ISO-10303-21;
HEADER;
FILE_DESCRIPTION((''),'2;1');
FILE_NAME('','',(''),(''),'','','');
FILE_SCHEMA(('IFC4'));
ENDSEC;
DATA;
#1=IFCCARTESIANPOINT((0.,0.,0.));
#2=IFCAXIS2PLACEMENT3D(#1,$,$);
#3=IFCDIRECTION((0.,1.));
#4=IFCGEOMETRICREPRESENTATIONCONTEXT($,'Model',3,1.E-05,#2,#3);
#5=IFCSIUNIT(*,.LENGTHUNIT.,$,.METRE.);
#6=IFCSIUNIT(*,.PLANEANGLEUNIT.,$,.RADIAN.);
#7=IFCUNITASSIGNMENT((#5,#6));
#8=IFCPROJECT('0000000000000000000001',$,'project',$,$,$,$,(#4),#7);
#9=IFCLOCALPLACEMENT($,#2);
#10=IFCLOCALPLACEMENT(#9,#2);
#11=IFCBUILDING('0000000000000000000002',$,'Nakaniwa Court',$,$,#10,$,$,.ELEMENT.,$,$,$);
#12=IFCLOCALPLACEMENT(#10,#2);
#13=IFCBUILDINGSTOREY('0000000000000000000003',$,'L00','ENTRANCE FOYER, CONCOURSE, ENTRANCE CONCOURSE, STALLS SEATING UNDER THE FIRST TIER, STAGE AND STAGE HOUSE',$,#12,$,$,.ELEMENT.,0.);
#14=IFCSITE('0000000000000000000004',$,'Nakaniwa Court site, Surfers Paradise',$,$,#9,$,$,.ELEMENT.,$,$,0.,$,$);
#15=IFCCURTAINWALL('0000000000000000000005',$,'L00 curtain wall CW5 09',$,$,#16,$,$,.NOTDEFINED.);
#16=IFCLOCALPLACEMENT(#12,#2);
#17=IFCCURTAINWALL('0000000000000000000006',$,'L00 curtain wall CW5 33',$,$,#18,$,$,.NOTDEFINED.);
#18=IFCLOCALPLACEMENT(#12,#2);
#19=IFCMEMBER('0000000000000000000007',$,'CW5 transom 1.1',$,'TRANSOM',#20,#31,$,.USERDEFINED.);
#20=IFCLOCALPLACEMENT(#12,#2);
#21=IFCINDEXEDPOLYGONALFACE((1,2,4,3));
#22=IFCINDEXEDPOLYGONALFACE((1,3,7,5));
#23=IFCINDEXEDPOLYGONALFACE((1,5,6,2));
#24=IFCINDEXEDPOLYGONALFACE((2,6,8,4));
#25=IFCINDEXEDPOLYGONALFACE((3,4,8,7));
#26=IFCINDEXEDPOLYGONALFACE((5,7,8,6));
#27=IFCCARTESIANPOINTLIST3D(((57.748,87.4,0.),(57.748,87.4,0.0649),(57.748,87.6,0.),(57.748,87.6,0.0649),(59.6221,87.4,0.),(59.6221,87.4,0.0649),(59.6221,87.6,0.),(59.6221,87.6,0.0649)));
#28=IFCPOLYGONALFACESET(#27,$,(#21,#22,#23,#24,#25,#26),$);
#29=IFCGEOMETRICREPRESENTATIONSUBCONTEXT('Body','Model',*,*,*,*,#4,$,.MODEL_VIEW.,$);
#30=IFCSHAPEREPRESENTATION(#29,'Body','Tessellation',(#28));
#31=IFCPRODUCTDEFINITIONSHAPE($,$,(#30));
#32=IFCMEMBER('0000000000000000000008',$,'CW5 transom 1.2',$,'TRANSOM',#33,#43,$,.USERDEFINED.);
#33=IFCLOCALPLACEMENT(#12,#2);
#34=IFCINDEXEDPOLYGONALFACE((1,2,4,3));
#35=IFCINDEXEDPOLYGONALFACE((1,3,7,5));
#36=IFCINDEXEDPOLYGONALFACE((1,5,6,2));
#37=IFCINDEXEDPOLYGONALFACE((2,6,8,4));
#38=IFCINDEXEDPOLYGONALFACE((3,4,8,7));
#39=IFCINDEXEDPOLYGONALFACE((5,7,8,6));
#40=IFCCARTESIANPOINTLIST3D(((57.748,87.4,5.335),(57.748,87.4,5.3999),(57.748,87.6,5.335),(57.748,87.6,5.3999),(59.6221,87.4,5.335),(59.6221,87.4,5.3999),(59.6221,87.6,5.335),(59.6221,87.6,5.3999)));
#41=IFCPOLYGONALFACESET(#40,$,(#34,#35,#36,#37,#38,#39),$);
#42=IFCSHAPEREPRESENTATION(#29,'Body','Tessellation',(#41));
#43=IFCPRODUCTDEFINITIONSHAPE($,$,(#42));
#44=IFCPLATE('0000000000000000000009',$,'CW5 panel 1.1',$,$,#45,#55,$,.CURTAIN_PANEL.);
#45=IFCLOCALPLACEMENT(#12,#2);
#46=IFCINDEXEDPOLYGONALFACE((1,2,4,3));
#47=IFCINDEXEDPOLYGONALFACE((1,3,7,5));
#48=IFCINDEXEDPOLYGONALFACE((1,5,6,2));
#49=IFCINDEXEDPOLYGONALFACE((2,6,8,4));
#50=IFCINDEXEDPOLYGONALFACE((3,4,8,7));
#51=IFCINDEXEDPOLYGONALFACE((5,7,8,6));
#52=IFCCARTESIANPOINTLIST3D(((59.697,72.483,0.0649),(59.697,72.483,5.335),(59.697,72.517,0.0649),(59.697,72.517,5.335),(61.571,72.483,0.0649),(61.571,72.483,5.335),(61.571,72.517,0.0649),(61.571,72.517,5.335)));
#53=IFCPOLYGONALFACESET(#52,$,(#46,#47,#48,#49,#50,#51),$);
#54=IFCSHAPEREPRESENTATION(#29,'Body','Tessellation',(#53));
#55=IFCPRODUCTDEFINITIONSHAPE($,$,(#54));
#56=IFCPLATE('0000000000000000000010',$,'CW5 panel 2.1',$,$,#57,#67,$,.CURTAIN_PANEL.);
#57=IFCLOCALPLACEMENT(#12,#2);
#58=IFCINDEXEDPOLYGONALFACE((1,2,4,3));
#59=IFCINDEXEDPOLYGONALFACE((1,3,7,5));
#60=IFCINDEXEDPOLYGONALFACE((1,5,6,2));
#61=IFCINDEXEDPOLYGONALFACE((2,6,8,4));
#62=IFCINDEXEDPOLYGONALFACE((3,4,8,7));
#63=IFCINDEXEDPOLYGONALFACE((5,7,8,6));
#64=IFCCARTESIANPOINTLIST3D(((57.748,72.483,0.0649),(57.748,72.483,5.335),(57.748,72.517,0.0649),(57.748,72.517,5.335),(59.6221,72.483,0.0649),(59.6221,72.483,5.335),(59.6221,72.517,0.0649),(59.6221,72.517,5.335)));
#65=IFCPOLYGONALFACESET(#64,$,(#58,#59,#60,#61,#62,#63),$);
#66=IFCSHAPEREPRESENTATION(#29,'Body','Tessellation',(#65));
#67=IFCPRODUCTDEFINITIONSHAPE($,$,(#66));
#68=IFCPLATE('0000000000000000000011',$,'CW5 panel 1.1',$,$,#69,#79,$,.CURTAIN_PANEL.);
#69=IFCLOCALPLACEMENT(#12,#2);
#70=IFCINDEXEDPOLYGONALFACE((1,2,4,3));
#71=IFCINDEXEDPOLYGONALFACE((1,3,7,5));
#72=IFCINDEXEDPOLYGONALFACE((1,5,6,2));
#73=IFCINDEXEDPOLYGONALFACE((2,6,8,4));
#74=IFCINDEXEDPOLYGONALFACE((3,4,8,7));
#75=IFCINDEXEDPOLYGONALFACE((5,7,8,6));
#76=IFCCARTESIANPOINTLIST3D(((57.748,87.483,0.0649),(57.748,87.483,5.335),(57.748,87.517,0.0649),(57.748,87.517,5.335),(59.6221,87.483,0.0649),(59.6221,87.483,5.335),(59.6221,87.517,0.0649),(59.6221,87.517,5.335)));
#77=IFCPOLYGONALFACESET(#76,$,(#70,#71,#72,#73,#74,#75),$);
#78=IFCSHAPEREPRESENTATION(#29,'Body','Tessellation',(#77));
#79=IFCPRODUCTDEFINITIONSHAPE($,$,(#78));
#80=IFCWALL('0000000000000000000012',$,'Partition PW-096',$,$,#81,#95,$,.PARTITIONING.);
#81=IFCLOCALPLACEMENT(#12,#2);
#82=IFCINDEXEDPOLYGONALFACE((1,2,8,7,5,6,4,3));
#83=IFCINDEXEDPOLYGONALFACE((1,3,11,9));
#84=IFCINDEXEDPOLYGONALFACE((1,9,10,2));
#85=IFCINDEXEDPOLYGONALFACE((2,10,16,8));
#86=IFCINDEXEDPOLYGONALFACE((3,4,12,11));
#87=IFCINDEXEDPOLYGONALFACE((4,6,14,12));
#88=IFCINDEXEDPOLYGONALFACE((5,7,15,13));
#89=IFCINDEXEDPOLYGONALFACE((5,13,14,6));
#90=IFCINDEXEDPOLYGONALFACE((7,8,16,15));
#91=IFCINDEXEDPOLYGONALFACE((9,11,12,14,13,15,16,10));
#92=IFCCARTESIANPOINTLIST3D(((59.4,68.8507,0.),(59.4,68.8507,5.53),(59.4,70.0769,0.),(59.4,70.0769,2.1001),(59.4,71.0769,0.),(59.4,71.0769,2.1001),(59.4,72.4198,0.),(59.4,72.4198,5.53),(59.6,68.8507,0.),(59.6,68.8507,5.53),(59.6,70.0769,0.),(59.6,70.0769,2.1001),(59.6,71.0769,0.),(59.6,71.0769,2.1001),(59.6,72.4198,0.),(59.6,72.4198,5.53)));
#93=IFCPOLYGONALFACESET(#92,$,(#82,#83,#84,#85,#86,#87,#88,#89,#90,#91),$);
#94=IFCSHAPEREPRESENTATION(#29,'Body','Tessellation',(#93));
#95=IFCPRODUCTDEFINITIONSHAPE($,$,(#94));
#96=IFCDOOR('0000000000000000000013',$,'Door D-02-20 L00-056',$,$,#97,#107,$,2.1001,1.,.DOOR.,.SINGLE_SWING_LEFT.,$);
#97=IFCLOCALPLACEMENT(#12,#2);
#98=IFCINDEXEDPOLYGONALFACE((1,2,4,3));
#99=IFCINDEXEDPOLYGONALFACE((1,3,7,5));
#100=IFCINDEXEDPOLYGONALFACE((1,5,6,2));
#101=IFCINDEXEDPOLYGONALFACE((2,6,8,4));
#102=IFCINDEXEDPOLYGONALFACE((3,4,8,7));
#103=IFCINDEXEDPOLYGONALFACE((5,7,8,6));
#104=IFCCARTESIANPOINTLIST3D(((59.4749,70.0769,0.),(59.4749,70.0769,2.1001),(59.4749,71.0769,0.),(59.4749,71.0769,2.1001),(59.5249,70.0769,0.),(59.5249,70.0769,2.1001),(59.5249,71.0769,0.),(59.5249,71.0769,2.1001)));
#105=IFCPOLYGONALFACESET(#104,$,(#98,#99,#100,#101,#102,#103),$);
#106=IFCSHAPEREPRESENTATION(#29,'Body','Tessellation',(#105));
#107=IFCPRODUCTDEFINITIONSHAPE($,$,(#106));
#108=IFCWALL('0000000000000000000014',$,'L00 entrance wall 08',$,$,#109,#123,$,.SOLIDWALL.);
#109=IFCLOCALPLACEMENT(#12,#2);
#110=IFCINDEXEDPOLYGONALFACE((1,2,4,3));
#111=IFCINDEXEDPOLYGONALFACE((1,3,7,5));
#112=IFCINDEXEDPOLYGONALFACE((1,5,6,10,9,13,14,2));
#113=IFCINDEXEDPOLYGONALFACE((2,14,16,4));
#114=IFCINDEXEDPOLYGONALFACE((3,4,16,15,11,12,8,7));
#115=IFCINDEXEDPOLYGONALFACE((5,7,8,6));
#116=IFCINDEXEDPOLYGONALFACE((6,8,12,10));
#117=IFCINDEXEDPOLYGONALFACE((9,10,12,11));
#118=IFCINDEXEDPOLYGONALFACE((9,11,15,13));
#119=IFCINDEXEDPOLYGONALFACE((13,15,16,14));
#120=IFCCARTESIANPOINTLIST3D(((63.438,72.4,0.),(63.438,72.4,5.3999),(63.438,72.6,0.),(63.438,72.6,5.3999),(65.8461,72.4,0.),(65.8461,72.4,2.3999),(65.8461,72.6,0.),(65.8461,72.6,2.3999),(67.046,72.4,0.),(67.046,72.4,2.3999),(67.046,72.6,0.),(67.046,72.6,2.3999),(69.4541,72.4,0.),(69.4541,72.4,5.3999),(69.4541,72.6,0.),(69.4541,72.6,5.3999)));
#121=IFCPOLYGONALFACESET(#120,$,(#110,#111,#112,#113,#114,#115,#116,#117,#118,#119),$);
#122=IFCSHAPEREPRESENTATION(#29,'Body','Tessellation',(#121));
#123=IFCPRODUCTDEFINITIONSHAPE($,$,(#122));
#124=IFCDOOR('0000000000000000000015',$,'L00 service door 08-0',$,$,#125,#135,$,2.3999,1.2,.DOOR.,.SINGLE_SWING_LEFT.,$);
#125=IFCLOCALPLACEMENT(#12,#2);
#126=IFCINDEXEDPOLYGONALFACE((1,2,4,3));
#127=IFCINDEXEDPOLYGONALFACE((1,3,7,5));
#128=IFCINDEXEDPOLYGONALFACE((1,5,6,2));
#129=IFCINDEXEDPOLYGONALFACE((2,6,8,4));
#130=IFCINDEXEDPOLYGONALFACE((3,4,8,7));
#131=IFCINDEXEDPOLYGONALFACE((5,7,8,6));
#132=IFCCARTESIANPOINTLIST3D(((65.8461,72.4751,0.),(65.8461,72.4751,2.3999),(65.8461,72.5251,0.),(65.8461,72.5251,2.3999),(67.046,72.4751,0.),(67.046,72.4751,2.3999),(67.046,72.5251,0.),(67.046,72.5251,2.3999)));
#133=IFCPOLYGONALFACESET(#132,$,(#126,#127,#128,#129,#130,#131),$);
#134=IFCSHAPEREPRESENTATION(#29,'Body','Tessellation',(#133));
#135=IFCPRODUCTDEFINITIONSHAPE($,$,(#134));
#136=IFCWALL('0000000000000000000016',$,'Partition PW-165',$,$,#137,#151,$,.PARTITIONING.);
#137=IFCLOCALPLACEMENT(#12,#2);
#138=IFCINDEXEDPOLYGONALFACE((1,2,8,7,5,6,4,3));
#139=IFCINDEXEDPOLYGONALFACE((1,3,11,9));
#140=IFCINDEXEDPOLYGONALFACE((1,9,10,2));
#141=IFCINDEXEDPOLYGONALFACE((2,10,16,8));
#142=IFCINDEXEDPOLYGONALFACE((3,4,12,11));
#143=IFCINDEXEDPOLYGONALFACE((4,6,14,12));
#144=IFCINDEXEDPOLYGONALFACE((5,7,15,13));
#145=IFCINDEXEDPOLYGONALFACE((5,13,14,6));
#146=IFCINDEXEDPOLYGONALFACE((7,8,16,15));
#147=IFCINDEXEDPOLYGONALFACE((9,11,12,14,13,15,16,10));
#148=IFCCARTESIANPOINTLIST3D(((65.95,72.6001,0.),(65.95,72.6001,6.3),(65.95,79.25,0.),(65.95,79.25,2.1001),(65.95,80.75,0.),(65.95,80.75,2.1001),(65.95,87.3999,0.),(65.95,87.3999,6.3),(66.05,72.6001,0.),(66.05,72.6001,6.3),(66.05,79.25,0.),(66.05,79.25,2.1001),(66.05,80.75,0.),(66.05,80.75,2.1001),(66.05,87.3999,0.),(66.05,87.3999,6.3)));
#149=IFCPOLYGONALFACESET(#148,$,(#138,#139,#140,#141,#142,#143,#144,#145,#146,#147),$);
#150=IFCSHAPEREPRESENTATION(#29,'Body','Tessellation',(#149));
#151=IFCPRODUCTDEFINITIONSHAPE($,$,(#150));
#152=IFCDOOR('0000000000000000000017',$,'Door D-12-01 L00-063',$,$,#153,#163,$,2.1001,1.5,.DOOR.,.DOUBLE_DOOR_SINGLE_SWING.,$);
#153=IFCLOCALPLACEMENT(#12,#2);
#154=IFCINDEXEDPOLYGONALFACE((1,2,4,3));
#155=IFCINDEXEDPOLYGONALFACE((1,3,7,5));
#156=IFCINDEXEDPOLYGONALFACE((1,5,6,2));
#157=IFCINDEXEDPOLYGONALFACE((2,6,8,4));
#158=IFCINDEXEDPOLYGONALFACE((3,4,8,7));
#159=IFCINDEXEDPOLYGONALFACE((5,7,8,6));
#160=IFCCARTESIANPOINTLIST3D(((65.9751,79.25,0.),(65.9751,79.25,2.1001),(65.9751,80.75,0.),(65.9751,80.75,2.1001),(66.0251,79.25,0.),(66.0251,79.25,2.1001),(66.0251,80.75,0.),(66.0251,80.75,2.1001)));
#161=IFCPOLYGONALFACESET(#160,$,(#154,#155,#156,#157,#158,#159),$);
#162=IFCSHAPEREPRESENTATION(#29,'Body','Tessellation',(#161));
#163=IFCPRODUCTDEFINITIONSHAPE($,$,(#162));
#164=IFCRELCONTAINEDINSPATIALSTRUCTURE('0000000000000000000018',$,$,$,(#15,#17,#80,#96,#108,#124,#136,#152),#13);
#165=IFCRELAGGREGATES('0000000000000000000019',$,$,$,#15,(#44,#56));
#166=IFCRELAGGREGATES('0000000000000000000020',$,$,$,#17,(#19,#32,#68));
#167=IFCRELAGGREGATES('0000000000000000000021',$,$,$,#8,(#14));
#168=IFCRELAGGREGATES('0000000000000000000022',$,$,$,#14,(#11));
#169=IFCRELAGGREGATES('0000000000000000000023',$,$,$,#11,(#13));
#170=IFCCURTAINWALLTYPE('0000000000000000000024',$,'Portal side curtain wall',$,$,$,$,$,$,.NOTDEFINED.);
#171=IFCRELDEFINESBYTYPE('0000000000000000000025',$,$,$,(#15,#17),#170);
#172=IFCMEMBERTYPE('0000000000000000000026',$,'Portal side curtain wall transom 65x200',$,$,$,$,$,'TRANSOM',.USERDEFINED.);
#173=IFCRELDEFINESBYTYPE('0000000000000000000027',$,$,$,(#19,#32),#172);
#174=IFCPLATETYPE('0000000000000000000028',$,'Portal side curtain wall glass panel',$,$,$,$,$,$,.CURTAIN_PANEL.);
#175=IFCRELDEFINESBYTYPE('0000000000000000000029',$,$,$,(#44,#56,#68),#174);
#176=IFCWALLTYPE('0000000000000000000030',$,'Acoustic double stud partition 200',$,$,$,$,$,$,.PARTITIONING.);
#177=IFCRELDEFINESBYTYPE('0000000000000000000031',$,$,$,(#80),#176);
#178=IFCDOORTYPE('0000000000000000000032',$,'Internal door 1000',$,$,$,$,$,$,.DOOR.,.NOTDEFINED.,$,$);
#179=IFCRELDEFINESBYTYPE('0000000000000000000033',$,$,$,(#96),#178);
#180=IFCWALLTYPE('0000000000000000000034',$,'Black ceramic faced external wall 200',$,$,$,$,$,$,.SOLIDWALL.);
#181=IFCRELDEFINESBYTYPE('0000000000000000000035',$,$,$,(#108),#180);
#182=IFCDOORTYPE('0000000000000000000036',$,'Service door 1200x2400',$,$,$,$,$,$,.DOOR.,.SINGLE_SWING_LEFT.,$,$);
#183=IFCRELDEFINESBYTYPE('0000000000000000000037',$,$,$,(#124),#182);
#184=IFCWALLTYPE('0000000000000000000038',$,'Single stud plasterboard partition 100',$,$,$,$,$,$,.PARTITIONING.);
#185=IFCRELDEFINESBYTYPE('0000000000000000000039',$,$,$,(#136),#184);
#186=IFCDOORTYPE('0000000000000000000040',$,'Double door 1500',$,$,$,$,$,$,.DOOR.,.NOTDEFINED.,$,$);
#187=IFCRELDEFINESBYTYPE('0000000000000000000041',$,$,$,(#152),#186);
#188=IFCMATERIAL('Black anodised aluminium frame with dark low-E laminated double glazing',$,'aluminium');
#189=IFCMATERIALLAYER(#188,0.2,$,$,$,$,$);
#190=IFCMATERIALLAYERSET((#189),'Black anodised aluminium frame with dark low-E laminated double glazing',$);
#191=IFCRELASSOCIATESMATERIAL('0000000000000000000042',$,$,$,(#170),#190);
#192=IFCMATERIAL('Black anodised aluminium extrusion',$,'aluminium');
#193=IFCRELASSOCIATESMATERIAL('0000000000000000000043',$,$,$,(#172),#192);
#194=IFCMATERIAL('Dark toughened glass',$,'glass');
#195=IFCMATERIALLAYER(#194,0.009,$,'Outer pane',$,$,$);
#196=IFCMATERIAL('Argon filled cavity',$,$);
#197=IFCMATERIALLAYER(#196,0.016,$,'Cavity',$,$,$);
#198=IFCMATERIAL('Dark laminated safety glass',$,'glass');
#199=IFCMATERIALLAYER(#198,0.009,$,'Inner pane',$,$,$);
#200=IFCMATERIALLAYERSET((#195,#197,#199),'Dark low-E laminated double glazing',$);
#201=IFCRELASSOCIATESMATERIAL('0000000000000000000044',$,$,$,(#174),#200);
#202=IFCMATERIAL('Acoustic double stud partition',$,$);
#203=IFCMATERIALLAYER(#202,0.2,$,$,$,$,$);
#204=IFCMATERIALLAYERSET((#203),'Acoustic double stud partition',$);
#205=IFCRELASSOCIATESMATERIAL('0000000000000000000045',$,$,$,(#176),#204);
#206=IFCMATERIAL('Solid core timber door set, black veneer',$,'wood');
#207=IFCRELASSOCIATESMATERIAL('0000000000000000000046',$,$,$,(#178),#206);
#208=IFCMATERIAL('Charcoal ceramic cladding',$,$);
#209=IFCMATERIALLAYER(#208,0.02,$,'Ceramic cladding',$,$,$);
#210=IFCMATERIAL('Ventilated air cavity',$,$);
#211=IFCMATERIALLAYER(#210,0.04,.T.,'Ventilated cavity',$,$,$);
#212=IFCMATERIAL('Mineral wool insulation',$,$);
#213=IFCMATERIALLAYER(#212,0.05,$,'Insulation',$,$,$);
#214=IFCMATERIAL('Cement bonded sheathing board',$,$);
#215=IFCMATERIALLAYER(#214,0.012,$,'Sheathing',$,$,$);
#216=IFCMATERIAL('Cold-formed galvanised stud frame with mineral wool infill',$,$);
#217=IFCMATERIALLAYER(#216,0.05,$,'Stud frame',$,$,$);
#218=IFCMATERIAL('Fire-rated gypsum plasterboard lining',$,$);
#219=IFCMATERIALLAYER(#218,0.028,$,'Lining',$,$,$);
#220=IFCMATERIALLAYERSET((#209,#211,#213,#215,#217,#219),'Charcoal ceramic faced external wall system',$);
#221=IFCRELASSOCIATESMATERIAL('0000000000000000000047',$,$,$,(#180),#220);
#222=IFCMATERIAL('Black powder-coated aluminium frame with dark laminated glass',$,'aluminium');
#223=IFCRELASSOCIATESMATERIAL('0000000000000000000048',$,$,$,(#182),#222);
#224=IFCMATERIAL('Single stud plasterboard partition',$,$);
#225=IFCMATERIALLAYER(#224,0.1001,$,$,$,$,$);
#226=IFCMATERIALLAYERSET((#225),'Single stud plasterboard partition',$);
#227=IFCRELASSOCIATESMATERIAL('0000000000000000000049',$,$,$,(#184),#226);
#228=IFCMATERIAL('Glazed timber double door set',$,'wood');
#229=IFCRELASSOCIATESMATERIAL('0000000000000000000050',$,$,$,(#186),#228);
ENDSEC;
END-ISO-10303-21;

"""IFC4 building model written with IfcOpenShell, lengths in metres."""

from ifc_helpers import new_model, si_unit, direction, frame, frame_2d, origin, origin_2d, place, context, subcontext, project, spatial, rectangle, extrude, material, layer, layer_set, material_profile, profile_set, type_object, element, fill, aggregate, save


model = new_model("IFC4")

# Units and contexts
model_context = context("Model", 3, precision=1e-05, world=origin(), true_north=direction((0.0, 1.0)))
body_context = subcontext(model_context, "Body", "Model", "MODEL_VIEW")
ifc_project = project(units=[si_unit("LENGTHUNIT", "METRE"), si_unit("PLANEANGLEUNIT", "RADIAN")], contexts=[model_context])

# Site, building, storey
site_placement = place(None, origin())
site = spatial("IfcSite", under=ifc_project, at=site_placement, Name="Nakaniwa Court site, Surfers Paradise", CompositionType="ELEMENT", RefElevation=0.0)
building_placement = place(site_placement, origin())
building = spatial("IfcBuilding", under=site, at=building_placement, Name="Nakaniwa Court", CompositionType="ELEMENT")
storey_placement = place(building_placement, origin())
storey = spatial("IfcBuildingStorey", under=building, at=storey_placement, Name="L00", Description="ENTRANCE FOYER, CONCOURSE, ENTRANCE CONCOURSE, STALLS SEATING UNDER THE FIRST TIER, STAGE AND STAGE HOUSE", CompositionType="ELEMENT", Elevation=0.0)

# Curtain wall
ifc_material_1 = material(Name="Black anodised aluminium frame with dark low-E laminated double glazing", Category="aluminium")
ifc_layer_1 = layer(ifc_material_1, 0.2)
ifc_layer_set_1 = layer_set([ifc_layer_1], Name="Black anodised aluminium frame with dark low-E laminated double glazing")
curtain_wall_type = type_object("IfcCurtainWallType", Name="Portal side curtain wall", PredefinedType="NOTDEFINED", material=ifc_layer_set_1)
curtain_wall_1_placement = place(storey_placement, origin())
curtain_wall_1 = element("IfcCurtainWall", 1, at=curtain_wall_1_placement, inside=storey, type_object=curtain_wall_type, Name="L00 curtain wall CW5 09", PredefinedType="NOTDEFINED")
ifc_material_2 = material(Name="Black anodised aluminium extrusion", Category="aluminium")

# Curtain wall
curtain_wall_2_placement = place(storey_placement, origin())
curtain_wall_2 = element("IfcCurtainWall", 2, at=curtain_wall_2_placement, inside=storey, type_object=curtain_wall_type, Name="L00 curtain wall CW5 33", PredefinedType="NOTDEFINED")

# Members
ifc_material_profile_1 = material_profile(ifc_material_2, rectangle(XDim=0.2, YDim=0.0649, at=origin_2d()), Name="Portal side curtain wall transom 65x200")
ifc_profile_set_1 = profile_set([ifc_material_profile_1], Name="Black anodised aluminium extrusion")
member_type_1 = type_object("IfcMemberType", Name="Portal side curtain wall transom 65x200", ElementType="TRANSOM", PredefinedType="USERDEFINED", material=ifc_profile_set_1)
member_1_placement = place(storey_placement, frame((57.748, 87.5, 0.0325), z_axis=(1.0, 0.0, 0.0), x_axis=(0.0, 1.0, 0.0)))
member_1 = element("IfcMember", 3, at=member_1_placement, type_object=member_type_1, Name="CW5 transom 1.1", ObjectType="TRANSOM", PredefinedType="USERDEFINED", context=body_context, shape_type="SweptSolid", body=[
    extrude(rectangle(XDim=0.2, YDim=0.0649, at=origin_2d()), origin(), (0.0, 0.0, 1.0), 1.874),
])
member_2_placement = place(storey_placement, frame((57.748, 87.5, 5.3674), z_axis=(1.0, 0.0, 0.0), x_axis=(0.0, 1.0, 0.0)))
member_2 = element("IfcMember", 4, at=member_2_placement, type_object=member_type_1, Name="CW5 transom 1.2", ObjectType="TRANSOM", PredefinedType="USERDEFINED", context=body_context, shape_type="SweptSolid", body=[
    extrude(rectangle(XDim=0.2, YDim=0.0649, at=origin_2d()), origin(), (0.0, 0.0, 1.0), 1.874),
])

# Plates
ifc_material_3 = material(Name="Dark toughened glass", Category="glass")
ifc_layer_2 = layer(ifc_material_3, 0.009, Name="Outer pane")
ifc_material_4 = material(Name="Argon filled cavity")
ifc_layer_3 = layer(ifc_material_4, 0.016, Name="Cavity")
ifc_material_5 = material(Name="Dark laminated safety glass", Category="glass")
ifc_layer_4 = layer(ifc_material_5, 0.009, Name="Inner pane")
ifc_layer_set_2 = layer_set([ifc_layer_2, ifc_layer_3, ifc_layer_4], Name="Dark low-E laminated double glazing")
plate_type = type_object("IfcPlateType", Name="Portal side curtain wall glass panel", PredefinedType="CURTAIN_PANEL", material=ifc_layer_set_2)
plate_1_placement = place(storey_placement, frame((60.634, 72.5, 0.0649), z_axis=(0.0, 0.0, 1.0), x_axis=(-1.0, 0.0, 0.0)))
plate_1 = element("IfcPlate", 5, at=plate_1_placement, type_object=plate_type, Name="CW5 panel 1.1", PredefinedType="CURTAIN_PANEL", context=body_context, shape_type="SweptSolid", body=[
    extrude(rectangle(XDim=1.874, YDim=0.0339, at=origin_2d()), origin(), (0.0, 0.0, 1.0), 5.27),
])
plate_2_placement = place(storey_placement, frame((58.6851, 72.5, 0.0649), z_axis=(0.0, 0.0, 1.0), x_axis=(-1.0, 0.0, 0.0)))
plate_2 = element("IfcPlate", 6, at=plate_2_placement, type_object=plate_type, Name="CW5 panel 2.1", PredefinedType="CURTAIN_PANEL", context=body_context, shape_type="SweptSolid", body=[
    extrude(rectangle(XDim=1.874, YDim=0.0339, at=origin_2d()), origin(), (0.0, 0.0, 1.0), 5.27),
])
aggregate(curtain_wall_1, [plate_1, plate_2])
plate_3_placement = place(storey_placement, frame((58.6851, 87.5, 0.0649), z_axis=(0.0, 0.0, 1.0), x_axis=(1.0, 0.0, 0.0)))
plate_3 = element("IfcPlate", 7, at=plate_3_placement, type_object=plate_type, Name="CW5 panel 1.1", PredefinedType="CURTAIN_PANEL", context=body_context, shape_type="SweptSolid", body=[
    extrude(rectangle(XDim=1.874, YDim=0.0339, at=origin_2d()), origin(), (0.0, 0.0, 1.0), 5.27),
])
aggregate(curtain_wall_2, [member_1, member_2, plate_3])

# Walls, openings, doors
ifc_material_6 = material(Name="Acoustic double stud partition")
ifc_layer_5 = layer(ifc_material_6, 0.2)
ifc_layer_set_3 = layer_set([ifc_layer_5], Name="Acoustic double stud partition")
wall_type_1 = type_object("IfcWallType", Name="Acoustic double stud partition 200", PredefinedType="PARTITIONING", material=ifc_layer_set_3)
wall_1_placement = place(storey_placement, frame((59.5, 72.4199, 0.0), z_axis=(0.0, 0.0, 1.0), x_axis=(0.0, -1.0, 0.0)))
wall_1 = element("IfcWall", 8, at=wall_1_placement, inside=storey, type_object=wall_type_1, Name="Partition PW-096", PredefinedType="PARTITIONING", context=body_context, shape_type="SweptSolid", body=[
    extrude(rectangle(XDim=3.5691, YDim=0.2, at=frame_2d((1.7847, 0.0))), origin(), (0.0, 0.0, 1.0), 5.53),
])
opening_1_placement = place(wall_1_placement, frame((1.343, 0.0, 0.0)))
opening_1 = element("IfcOpeningElement", 9, at=opening_1_placement, cuts=wall_1, PredefinedType="OPENING", context=body_context, shape_type="SweptSolid", body=[
    extrude(rectangle(XDim=1.0, YDim=2.1001, at=frame_2d((0.5, 1.05))), frame((0.0, 0.1099, 0.0), z_axis=(0.0, -1.0, 0.0), x_axis=(1.0, 0.0, 0.0)), (0.0, 0.0, 1.0), 0.22),
])
ifc_material_7 = material(Name="Solid core timber door set, black veneer", Category="wood")
door_type_1 = type_object("IfcDoorType", Name="Internal door 1000", OperationType="NOTDEFINED", PredefinedType="DOOR", material=ifc_material_7)
door_1_placement = place(opening_1_placement, origin())
door_1 = element("IfcDoor", 10, at=door_1_placement, inside=storey, type_object=door_type_1, Name="Door D-02-20 L00-056", OperationType="SINGLE_SWING_LEFT", OverallHeight=2.1001, OverallWidth=1.0, PredefinedType="DOOR", context=body_context, shape_type="SweptSolid", body=[
    extrude(rectangle(XDim=1.0, YDim=2.1001, at=frame_2d((0.5, 1.05))), frame((0.0, 0.0249, 0.0), z_axis=(0.0, -1.0, 0.0), x_axis=(1.0, 0.0, 0.0)), (0.0, 0.0, 1.0), 0.05),
])
fill(opening_1, door_1)
ifc_material_8 = material(Name="Charcoal ceramic cladding")
ifc_layer_6 = layer(ifc_material_8, 0.02, Name="Ceramic cladding")
ifc_material_9 = material(Name="Ventilated air cavity")
ifc_layer_7 = layer(ifc_material_9, 0.04, ventilated=True, Name="Ventilated cavity")
ifc_material_10 = material(Name="Mineral wool insulation")
ifc_layer_8 = layer(ifc_material_10, 0.05, Name="Insulation")
ifc_material_11 = material(Name="Cement bonded sheathing board")
ifc_layer_9 = layer(ifc_material_11, 0.012, Name="Sheathing")
ifc_material_12 = material(Name="Cold-formed galvanised stud frame with mineral wool infill")
ifc_layer_10 = layer(ifc_material_12, 0.05, Name="Stud frame")
ifc_material_13 = material(Name="Fire-rated gypsum plasterboard lining")
ifc_layer_11 = layer(ifc_material_13, 0.028, Name="Lining")
ifc_layer_set_4 = layer_set([ifc_layer_6, ifc_layer_7, ifc_layer_8, ifc_layer_9, ifc_layer_10, ifc_layer_11], Name="Charcoal ceramic faced external wall system")
wall_type_2 = type_object("IfcWallType", Name="Black ceramic faced external wall 200", PredefinedType="SOLIDWALL", material=ifc_layer_set_4)
wall_2_placement = place(storey_placement, frame((69.4541, 72.5, 0.0), z_axis=(0.0, 0.0, 1.0), x_axis=(-1.0, 0.0, 0.0)))
wall_2 = element("IfcWall", 11, at=wall_2_placement, inside=storey, type_object=wall_type_2, Name="L00 entrance wall 08", PredefinedType="SOLIDWALL", context=body_context, shape_type="SweptSolid", body=[
    extrude(rectangle(XDim=6.0161, YDim=0.2, at=frame_2d((3.0081, 0.0))), origin(), (0.0, 0.0, 1.0), 5.3999),
])
opening_2_placement = place(wall_2_placement, frame((2.408, 0.0, 0.0)))
opening_2 = element("IfcOpeningElement", 12, at=opening_2_placement, cuts=wall_2, PredefinedType="OPENING", context=body_context, shape_type="SweptSolid", body=[
    extrude(rectangle(XDim=1.2, YDim=2.3999, at=frame_2d((0.6001, 1.2))), frame((0.0, 0.1099, 0.0), z_axis=(0.0, -1.0, 0.0), x_axis=(1.0, 0.0, 0.0)), (0.0, 0.0, 1.0), 0.22),
])
ifc_material_14 = material(Name="Black powder-coated aluminium frame with dark laminated glass", Category="aluminium")
door_type_2 = type_object("IfcDoorType", Name="Service door 1200x2400", OperationType="SINGLE_SWING_LEFT", PredefinedType="DOOR", material=ifc_material_14)
door_2_placement = place(opening_2_placement, origin())
door_2 = element("IfcDoor", 13, at=door_2_placement, inside=storey, type_object=door_type_2, Name="L00 service door 08-0", OperationType="SINGLE_SWING_LEFT", OverallHeight=2.3999, OverallWidth=1.2, PredefinedType="DOOR", context=body_context, shape_type="SweptSolid", body=[
    extrude(rectangle(XDim=1.2, YDim=2.3999, at=frame_2d((0.6001, 1.2))), frame((0.0, 0.0249, 0.0), z_axis=(0.0, -1.0, 0.0), x_axis=(1.0, 0.0, 0.0)), (0.0, 0.0, 1.0), 0.05),
])
fill(opening_2, door_2)
ifc_material_15 = material(Name="Single stud plasterboard partition")
ifc_layer_12 = layer(ifc_material_15, 0.1001)
ifc_layer_set_5 = layer_set([ifc_layer_12], Name="Single stud plasterboard partition")
wall_type_3 = type_object("IfcWallType", Name="Single stud plasterboard partition 100", PredefinedType="PARTITIONING", material=ifc_layer_set_5)
wall_3_placement = place(storey_placement, frame((66.0, 72.6001, 0.0), z_axis=(0.0, 0.0, 1.0), x_axis=(0.0, 1.0, 0.0)))
wall_3 = element("IfcWall", 14, at=wall_3_placement, inside=storey, type_object=wall_type_3, Name="Partition PW-165", PredefinedType="PARTITIONING", context=body_context, shape_type="SweptSolid", body=[
    extrude(rectangle(XDim=14.7998, YDim=0.1001, at=frame_2d((7.3999, 0.0))), origin(), (0.0, 0.0, 1.0), 6.3),
])
opening_3_placement = place(wall_3_placement, frame((6.6499, 0.0, 0.0)))
opening_3 = element("IfcOpeningElement", 15, at=opening_3_placement, cuts=wall_3, PredefinedType="OPENING", context=body_context, shape_type="SweptSolid", body=[
    extrude(rectangle(XDim=1.5, YDim=2.1001, at=frame_2d((0.75, 1.05))), frame((0.0, 0.0601, 0.0), z_axis=(0.0, -1.0, 0.0), x_axis=(1.0, 0.0, 0.0)), (0.0, 0.0, 1.0), 0.1201),
])
ifc_material_16 = material(Name="Glazed timber double door set", Category="wood")
door_type_3 = type_object("IfcDoorType", Name="Double door 1500", OperationType="NOTDEFINED", PredefinedType="DOOR", material=ifc_material_16)
door_3_placement = place(opening_3_placement, origin())
door_3 = element("IfcDoor", 16, at=door_3_placement, inside=storey, type_object=door_type_3, Name="Door D-12-01 L00-063", OperationType="DOUBLE_DOOR_SINGLE_SWING", OverallHeight=2.1001, OverallWidth=1.5, PredefinedType="DOOR", context=body_context, shape_type="SweptSolid", body=[
    extrude(rectangle(XDim=1.5, YDim=2.1001, at=frame_2d((0.75, 1.05))), frame((0.0, 0.0249, 0.0), z_axis=(0.0, -1.0, 0.0), x_axis=(1.0, 0.0, 0.0)), (0.0, 0.0, 1.0), 0.05),
])
fill(opening_3, door_3)

save(model, "model.ifc")
